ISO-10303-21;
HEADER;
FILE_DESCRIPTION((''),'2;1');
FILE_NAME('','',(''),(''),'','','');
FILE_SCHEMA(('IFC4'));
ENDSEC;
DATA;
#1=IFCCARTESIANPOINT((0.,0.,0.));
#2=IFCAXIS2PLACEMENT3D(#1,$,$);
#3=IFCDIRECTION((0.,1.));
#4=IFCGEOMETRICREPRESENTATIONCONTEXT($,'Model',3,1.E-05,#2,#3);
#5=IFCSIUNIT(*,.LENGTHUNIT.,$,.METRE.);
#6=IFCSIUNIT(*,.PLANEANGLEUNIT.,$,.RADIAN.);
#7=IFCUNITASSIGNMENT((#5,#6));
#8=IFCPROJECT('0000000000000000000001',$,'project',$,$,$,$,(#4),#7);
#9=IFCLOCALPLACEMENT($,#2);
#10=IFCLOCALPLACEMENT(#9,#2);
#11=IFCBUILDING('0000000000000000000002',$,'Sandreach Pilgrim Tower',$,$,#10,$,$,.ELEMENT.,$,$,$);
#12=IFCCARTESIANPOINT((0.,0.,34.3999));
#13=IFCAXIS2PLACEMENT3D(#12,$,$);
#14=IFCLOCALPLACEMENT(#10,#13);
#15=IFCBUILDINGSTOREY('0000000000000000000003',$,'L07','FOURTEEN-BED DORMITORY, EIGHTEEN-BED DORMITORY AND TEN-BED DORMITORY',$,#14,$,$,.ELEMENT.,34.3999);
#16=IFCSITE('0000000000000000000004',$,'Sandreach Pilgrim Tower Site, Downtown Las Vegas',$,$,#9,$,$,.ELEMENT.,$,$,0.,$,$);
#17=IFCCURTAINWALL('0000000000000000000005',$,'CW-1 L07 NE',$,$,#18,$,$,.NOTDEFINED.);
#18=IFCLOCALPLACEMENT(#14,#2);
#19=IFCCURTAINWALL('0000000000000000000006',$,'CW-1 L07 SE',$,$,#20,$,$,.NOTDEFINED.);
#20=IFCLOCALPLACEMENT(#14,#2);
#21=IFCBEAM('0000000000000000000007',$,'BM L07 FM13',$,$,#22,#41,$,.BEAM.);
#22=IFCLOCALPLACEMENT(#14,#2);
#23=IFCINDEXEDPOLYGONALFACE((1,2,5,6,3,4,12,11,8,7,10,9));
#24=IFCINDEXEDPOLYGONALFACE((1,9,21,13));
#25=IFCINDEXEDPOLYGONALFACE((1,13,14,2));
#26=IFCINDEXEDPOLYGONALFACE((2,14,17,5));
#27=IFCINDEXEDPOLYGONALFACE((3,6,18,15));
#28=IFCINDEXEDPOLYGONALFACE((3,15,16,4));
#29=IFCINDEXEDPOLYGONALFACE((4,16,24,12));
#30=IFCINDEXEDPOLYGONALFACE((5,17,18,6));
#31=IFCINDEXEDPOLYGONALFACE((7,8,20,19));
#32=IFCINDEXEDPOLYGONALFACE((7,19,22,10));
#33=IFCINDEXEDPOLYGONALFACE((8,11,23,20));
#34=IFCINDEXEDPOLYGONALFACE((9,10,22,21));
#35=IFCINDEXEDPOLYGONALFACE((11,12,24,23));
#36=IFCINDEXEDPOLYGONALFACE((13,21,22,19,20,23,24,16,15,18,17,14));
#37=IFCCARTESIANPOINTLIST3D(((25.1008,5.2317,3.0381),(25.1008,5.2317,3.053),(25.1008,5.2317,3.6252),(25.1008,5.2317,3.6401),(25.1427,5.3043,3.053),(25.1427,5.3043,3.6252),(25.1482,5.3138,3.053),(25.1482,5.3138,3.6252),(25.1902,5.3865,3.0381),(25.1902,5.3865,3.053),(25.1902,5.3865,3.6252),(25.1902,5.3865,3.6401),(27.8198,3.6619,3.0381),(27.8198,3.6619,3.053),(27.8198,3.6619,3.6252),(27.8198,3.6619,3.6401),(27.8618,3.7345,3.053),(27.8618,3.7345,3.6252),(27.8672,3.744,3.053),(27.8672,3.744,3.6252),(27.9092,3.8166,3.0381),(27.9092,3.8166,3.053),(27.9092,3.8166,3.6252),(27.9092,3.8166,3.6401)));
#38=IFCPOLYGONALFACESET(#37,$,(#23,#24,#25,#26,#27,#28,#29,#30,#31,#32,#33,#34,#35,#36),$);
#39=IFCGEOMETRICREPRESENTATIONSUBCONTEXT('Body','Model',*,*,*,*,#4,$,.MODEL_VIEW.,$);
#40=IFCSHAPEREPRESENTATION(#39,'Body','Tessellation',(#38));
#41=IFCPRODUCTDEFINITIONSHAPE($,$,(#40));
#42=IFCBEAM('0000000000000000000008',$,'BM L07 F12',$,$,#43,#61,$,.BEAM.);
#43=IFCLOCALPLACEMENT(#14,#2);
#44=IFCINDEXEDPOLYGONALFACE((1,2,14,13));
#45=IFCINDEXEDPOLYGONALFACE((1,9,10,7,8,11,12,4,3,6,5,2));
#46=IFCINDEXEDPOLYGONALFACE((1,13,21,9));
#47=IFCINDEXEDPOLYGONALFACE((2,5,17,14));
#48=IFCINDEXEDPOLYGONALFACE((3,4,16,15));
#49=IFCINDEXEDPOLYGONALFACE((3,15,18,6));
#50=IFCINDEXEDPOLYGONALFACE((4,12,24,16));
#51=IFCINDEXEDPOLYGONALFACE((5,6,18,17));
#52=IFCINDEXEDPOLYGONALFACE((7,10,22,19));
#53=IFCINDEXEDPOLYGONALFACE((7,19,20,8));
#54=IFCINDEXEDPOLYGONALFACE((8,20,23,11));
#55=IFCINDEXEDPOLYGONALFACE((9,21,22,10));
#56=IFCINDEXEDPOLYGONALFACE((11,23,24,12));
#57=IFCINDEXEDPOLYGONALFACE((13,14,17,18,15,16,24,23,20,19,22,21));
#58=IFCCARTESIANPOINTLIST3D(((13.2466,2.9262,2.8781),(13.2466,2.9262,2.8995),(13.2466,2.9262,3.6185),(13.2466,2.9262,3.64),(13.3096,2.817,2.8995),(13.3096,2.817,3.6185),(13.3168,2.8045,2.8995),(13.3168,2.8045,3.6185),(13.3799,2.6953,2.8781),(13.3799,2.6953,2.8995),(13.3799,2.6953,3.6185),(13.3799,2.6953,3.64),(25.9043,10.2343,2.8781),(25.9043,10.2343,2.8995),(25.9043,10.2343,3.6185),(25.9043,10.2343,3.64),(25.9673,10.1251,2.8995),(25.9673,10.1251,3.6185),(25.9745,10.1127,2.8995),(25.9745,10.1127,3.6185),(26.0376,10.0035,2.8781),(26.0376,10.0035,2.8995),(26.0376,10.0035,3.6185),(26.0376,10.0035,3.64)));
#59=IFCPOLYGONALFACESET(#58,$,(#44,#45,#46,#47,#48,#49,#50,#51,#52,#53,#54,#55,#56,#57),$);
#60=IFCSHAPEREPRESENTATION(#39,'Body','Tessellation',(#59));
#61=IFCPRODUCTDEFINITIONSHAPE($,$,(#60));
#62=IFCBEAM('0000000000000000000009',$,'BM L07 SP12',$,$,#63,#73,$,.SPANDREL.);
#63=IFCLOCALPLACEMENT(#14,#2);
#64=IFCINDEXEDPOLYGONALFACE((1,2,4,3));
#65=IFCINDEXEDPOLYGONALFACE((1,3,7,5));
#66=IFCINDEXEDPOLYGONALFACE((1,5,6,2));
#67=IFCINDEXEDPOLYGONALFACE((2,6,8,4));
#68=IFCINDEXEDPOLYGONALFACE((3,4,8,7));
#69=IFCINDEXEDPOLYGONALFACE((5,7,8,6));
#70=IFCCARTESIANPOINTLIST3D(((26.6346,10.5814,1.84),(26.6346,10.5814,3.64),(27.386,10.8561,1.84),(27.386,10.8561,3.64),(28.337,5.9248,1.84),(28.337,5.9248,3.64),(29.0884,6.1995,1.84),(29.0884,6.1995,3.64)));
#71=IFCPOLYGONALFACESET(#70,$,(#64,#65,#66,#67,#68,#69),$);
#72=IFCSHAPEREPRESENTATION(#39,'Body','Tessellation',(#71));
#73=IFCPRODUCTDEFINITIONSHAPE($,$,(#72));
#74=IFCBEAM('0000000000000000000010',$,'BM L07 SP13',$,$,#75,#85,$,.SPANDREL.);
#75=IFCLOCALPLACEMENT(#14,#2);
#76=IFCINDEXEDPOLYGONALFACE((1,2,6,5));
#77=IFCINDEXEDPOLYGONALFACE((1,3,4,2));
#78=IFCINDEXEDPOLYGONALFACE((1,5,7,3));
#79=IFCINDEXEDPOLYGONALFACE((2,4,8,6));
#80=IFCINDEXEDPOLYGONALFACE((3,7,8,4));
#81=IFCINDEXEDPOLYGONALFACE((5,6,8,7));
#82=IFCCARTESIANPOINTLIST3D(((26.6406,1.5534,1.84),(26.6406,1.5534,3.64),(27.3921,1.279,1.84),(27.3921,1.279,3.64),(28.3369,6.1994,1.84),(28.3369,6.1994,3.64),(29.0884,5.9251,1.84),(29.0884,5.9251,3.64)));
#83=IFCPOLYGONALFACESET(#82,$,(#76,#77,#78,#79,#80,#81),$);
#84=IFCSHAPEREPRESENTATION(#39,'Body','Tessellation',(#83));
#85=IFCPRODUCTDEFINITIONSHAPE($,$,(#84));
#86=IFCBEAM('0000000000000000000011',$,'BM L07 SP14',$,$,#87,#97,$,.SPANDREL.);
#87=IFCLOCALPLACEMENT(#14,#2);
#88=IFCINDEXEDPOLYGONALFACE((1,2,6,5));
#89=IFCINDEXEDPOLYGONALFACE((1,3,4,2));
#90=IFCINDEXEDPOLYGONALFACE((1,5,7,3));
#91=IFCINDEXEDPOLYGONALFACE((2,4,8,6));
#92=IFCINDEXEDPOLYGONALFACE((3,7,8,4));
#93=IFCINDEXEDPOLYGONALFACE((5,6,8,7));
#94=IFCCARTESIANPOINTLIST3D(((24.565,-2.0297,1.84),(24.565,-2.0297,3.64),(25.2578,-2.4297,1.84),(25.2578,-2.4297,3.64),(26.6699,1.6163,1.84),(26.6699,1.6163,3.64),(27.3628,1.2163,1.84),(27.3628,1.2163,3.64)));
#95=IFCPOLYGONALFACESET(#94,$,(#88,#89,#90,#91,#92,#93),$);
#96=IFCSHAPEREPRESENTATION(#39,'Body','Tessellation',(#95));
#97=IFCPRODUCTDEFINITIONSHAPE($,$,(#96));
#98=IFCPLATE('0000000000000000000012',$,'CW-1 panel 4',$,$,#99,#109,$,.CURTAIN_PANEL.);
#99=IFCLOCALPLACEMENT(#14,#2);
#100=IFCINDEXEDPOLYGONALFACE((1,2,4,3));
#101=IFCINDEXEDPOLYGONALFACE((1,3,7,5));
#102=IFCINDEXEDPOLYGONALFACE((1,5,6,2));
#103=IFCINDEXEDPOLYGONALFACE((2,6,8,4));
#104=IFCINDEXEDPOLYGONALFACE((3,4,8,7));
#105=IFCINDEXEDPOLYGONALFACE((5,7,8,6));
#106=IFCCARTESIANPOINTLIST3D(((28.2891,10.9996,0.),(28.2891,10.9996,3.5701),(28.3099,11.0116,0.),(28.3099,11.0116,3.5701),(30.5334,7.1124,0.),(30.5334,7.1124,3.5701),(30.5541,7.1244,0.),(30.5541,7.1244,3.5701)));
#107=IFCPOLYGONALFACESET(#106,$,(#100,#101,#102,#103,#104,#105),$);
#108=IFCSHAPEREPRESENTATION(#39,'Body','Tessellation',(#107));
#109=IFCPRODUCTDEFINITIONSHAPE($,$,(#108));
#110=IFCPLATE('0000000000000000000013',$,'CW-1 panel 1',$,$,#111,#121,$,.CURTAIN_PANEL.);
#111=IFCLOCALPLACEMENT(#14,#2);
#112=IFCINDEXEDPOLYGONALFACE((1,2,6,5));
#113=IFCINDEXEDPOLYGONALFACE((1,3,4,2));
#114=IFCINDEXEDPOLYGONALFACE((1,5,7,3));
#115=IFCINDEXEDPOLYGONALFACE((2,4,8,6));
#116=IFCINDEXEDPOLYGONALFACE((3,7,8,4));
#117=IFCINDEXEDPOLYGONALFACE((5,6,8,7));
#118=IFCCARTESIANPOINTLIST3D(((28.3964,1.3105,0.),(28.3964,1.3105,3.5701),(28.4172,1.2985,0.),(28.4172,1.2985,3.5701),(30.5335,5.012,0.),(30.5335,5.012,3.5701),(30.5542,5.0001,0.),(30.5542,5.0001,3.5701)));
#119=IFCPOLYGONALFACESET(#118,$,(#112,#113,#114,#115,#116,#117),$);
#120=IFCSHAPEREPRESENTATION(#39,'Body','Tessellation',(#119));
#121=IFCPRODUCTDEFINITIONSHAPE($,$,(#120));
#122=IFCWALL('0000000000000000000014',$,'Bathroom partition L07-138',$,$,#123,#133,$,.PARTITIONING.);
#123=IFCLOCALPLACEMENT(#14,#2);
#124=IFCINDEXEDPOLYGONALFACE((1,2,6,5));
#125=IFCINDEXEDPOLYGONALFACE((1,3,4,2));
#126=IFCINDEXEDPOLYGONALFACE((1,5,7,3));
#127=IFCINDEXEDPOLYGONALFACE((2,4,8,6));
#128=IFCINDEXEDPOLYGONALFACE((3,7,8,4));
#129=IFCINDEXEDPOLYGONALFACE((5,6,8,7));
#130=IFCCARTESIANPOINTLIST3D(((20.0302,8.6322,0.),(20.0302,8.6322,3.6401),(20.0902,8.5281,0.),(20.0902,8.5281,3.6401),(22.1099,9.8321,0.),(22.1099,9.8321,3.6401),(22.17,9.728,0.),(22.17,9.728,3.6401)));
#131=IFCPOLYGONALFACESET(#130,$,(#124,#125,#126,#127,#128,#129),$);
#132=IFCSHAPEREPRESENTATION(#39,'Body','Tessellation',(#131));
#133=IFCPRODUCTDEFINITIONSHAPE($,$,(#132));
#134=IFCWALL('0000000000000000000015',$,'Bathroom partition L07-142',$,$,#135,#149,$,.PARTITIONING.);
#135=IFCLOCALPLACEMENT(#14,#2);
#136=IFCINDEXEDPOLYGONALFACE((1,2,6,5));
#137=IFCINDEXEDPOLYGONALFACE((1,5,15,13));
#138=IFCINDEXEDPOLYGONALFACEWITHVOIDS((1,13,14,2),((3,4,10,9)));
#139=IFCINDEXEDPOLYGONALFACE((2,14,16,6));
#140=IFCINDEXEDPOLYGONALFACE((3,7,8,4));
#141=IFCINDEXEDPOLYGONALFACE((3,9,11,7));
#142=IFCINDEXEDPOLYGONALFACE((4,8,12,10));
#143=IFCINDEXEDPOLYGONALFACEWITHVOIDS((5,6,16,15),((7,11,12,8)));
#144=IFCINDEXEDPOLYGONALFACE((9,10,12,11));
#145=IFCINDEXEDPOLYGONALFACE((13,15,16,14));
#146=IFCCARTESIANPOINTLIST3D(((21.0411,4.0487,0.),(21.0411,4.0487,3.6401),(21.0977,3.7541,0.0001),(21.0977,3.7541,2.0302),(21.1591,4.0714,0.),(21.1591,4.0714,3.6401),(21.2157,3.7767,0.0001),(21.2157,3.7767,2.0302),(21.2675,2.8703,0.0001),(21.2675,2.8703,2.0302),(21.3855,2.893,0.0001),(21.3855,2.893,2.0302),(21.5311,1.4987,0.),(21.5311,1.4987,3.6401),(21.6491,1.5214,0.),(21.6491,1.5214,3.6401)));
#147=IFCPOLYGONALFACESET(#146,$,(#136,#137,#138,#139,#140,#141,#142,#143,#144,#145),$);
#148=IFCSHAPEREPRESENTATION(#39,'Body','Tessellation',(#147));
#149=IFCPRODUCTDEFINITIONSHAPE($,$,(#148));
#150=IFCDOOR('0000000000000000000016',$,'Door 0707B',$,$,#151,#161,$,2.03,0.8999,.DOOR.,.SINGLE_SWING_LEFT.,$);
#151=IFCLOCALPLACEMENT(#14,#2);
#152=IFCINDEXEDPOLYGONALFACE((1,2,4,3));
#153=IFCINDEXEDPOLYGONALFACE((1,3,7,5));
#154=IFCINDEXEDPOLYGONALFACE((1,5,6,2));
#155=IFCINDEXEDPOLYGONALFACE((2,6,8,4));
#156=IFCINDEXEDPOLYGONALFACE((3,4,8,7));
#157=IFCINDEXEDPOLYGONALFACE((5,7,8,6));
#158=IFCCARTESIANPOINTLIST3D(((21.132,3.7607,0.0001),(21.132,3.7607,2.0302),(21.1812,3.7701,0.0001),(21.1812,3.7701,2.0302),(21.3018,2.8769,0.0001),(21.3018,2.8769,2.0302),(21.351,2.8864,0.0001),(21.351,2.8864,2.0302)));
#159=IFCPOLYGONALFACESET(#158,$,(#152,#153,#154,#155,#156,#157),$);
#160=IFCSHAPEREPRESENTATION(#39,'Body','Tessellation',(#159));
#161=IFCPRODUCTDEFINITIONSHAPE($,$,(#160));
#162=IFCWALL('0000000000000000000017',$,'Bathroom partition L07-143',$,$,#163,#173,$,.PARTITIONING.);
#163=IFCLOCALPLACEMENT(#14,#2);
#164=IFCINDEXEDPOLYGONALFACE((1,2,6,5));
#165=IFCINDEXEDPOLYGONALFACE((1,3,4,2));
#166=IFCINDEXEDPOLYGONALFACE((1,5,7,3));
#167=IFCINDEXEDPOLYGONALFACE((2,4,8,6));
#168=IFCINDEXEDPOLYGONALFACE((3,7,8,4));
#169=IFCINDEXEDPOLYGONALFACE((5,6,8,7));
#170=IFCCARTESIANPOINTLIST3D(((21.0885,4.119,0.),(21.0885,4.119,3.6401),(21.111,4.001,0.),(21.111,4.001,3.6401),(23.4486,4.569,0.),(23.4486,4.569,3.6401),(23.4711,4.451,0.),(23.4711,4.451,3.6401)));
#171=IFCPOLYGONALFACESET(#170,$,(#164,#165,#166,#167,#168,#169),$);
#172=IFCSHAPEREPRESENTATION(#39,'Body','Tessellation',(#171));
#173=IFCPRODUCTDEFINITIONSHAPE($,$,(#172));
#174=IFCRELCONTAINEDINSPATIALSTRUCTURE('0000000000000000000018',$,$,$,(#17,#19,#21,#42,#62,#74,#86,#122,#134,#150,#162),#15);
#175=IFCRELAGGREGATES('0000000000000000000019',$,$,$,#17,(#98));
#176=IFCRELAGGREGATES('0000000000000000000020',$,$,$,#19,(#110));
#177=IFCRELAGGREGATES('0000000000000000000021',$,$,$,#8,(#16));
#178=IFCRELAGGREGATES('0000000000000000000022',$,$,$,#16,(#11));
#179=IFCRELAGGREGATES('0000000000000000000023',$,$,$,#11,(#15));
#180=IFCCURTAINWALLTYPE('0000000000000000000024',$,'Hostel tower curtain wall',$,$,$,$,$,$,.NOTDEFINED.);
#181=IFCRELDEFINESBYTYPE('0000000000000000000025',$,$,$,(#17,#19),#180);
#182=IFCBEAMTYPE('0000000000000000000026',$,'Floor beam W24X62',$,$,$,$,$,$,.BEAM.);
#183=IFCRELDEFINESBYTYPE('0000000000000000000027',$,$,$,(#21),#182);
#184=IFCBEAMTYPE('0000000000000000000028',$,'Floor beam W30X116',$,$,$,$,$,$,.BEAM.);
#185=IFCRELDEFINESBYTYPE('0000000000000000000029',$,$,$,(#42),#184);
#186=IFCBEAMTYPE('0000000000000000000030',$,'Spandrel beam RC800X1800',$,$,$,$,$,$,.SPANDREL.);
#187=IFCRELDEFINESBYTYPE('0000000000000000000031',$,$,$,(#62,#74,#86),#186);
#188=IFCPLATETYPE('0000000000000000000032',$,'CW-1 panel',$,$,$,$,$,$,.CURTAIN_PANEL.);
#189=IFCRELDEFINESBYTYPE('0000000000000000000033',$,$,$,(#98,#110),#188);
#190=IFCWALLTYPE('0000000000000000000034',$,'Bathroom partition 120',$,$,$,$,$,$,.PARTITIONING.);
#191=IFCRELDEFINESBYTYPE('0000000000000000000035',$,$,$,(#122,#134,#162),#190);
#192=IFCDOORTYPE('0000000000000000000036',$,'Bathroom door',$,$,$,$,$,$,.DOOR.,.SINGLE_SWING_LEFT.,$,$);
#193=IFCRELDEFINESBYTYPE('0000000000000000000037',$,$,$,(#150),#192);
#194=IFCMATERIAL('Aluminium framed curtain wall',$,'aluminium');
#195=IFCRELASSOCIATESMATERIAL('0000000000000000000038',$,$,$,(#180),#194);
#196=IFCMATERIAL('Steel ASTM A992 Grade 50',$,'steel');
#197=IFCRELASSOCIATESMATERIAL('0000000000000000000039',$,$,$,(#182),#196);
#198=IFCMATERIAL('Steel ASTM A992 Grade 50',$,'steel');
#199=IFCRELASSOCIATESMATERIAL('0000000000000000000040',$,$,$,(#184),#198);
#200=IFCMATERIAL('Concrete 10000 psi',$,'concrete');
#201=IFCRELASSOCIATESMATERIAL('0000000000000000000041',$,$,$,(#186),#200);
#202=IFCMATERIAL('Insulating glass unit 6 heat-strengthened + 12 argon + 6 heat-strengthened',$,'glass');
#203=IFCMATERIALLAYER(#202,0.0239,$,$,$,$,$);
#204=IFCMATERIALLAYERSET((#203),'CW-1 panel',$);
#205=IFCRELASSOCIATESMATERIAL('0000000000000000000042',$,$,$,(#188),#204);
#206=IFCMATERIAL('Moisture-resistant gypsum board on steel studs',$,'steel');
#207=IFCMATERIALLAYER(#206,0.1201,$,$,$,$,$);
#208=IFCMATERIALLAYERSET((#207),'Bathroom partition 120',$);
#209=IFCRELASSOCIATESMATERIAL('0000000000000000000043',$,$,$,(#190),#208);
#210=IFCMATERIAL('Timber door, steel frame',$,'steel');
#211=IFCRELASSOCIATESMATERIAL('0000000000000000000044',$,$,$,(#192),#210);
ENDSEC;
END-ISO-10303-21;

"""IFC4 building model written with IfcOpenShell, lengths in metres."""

from ifc_helpers import new_model, si_unit, direction, frame, frame_2d, origin, origin_2d, place, context, subcontext, project, spatial, rectangle, i_section, extrude, material, layer, layer_set, material_profile, profile_set, type_object, element, fill, aggregate, save


model = new_model("IFC4")

# Units and contexts
model_context = context("Model", 3, precision=1e-05, world=origin(), true_north=direction((0.0, 1.0)))
body_context = subcontext(model_context, "Body", "Model", "MODEL_VIEW")
ifc_project = project(units=[si_unit("LENGTHUNIT", "METRE"), si_unit("PLANEANGLEUNIT", "RADIAN")], contexts=[model_context])

# Site, building, storey
site_placement = place(None, origin())
site = spatial("IfcSite", under=ifc_project, at=site_placement, Name="Sandreach Pilgrim Tower Site, Downtown Las Vegas", CompositionType="ELEMENT", RefElevation=0.0)
building_placement = place(site_placement, origin())
building = spatial("IfcBuilding", under=site, at=building_placement, Name="Sandreach Pilgrim Tower", CompositionType="ELEMENT")
storey_placement = place(building_placement, frame((0.0, 0.0, 34.3999)))
storey = spatial("IfcBuildingStorey", under=building, at=storey_placement, Name="L07", Description="FOURTEEN-BED DORMITORY, EIGHTEEN-BED DORMITORY AND TEN-BED DORMITORY", CompositionType="ELEMENT", Elevation=34.3999)

# Curtain wall
ifc_material_1 = material(Name="Aluminium framed curtain wall", Category="aluminium")
curtain_wall_type = type_object("IfcCurtainWallType", Name="Hostel tower curtain wall", PredefinedType="NOTDEFINED", material=ifc_material_1)
curtain_wall_1_placement = place(storey_placement, origin())
curtain_wall_1 = element("IfcCurtainWall", 1, at=curtain_wall_1_placement, inside=storey, type_object=curtain_wall_type, Name="CW-1 L07 NE", PredefinedType="NOTDEFINED")

# Curtain wall
curtain_wall_2_placement = place(storey_placement, origin())
curtain_wall_2 = element("IfcCurtainWall", 2, at=curtain_wall_2_placement, inside=storey, type_object=curtain_wall_type, Name="CW-1 L07 SE", PredefinedType="NOTDEFINED")

# Beams
ifc_material_2 = material(Name="Steel ASTM A992 Grade 50", Category="steel")
ifc_material_profile_1 = material_profile(ifc_material_2, i_section(OverallWidth=0.1787, OverallDepth=0.6021, WebThickness=0.011, FlangeThickness=0.0149, at=origin_2d()), Name="W24X62")
ifc_profile_set_1 = profile_set([ifc_material_profile_1], Name="Steel ASTM A992 Grade 50")
beam_type_1 = type_object("IfcBeamType", Name="Floor beam W24X62", PredefinedType="BEAM", material=ifc_profile_set_1)
beam_1_placement = place(storey_placement, frame((27.8645, 3.7393, 3.3391), z_axis=(-0.866024, 0.500003, 0.0), x_axis=(-0.500003, -0.866024, 0.0)))
element("IfcBeam", 3, at=beam_1_placement, inside=storey, type_object=beam_type_1, Name="BM L07 FM13", PredefinedType="BEAM", context=body_context, shape_type="SweptSolid", body=[
    extrude(i_section(OverallWidth=0.1787, OverallDepth=0.6021, WebThickness=0.011, FlangeThickness=0.0149, at=origin_2d()), origin(), (0.0, 0.0, 1.0), 3.1396),
])
ifc_material_3 = material(Name="Steel ASTM A992 Grade 50", Category="steel")
ifc_material_profile_2 = material_profile(ifc_material_3, i_section(OverallWidth=0.2666, OverallDepth=0.762, WebThickness=0.0144, FlangeThickness=0.0215, at=origin_2d()), Name="W30X116")
ifc_profile_set_2 = profile_set([ifc_material_profile_2], Name="Steel ASTM A992 Grade 50")
beam_type_2 = type_object("IfcBeamType", Name="Floor beam W30X116", PredefinedType="BEAM", material=ifc_profile_set_2)
beam_2_placement = place(storey_placement, frame((25.9709, 10.1189, 3.259), z_axis=(-0.86602, -0.500009, 0.0), x_axis=(0.500009, -0.86602, 0.0)))
element("IfcBeam", 4, at=beam_2_placement, inside=storey, type_object=beam_type_2, Name="BM L07 F12", PredefinedType="BEAM", context=body_context, shape_type="SweptSolid", body=[
    extrude(i_section(OverallWidth=0.2666, OverallDepth=0.762, WebThickness=0.0144, FlangeThickness=0.0215, at=origin_2d()), origin(), (0.0, 0.0, 1.0), 14.616),
])
ifc_material_4 = material(Name="Concrete 10000 psi", Category="concrete")
ifc_material_profile_3 = material_profile(ifc_material_4, rectangle(XDim=0.8, YDim=1.8, at=origin_2d()), Name="RC800X1800")
ifc_profile_set_3 = profile_set([ifc_material_profile_3], Name="Concrete 10000 psi")
beam_type_3 = type_object("IfcBeamType", Name="Spandrel beam RC800X1800", PredefinedType="SPANDREL", material=ifc_profile_set_3)
beam_3_placement = place(storey_placement, frame((27.0103, 10.7188, 2.74), z_axis=(0.343368, -0.939201, 0.0), x_axis=(0.939201, 0.343368, 0.0)))
element("IfcBeam", 5, at=beam_3_placement, inside=storey, type_object=beam_type_3, Name="BM L07 SP12", PredefinedType="SPANDREL", context=body_context, shape_type="SweptSolid", body=[
    extrude(rectangle(XDim=0.8, YDim=1.8, at=origin_2d()), origin(), (0.0, 0.0, 1.0), 4.958),
])
beam_4_placement = place(storey_placement, frame((28.7126, 6.0623, 2.74), z_axis=(-0.342963, -0.939349, 0.0), x_axis=(0.939349, -0.342963, 0.0)))
element("IfcBeam", 6, at=beam_4_placement, inside=storey, type_object=beam_type_3, Name="BM L07 SP13", PredefinedType="SPANDREL", context=body_context, shape_type="SweptSolid", body=[
    extrude(rectangle(XDim=0.8, YDim=1.8, at=origin_2d()), origin(), (0.0, 0.0, 1.0), 4.946),
])
beam_5_placement = place(storey_placement, frame((27.0164, 1.4163, 2.74), z_axis=(-0.499994, -0.866029, 0.0), x_axis=(0.866029, -0.499994, 0.0)))
element("IfcBeam", 7, at=beam_5_placement, inside=storey, type_object=beam_type_3, Name="BM L07 SP14", PredefinedType="SPANDREL", context=body_context, shape_type="SweptSolid", body=[
    extrude(rectangle(XDim=0.8, YDim=1.8, at=origin_2d()), origin(), (0.0, 0.0, 1.0), 4.21),
])

# Plates
ifc_material_5 = material(Name="Insulating glass unit 6 heat-strengthened + 12 argon + 6 heat-strengthened", Category="glass")
ifc_layer_1 = layer(ifc_material_5, 0.0239)
ifc_layer_set_1 = layer_set([ifc_layer_1], Name="CW-1 panel")
plate_type = type_object("IfcPlateType", Name="CW-1 panel", PredefinedType="CURTAIN_PANEL", material=ifc_layer_set_1)
plate_1_placement = place(storey_placement, frame((29.4216, 9.062, 0.0), z_axis=(0.0, 0.0, 1.0), x_axis=(0.5, -0.866025, 0.0)))
plate_1 = element("IfcPlate", 8, at=plate_1_placement, type_object=plate_type, Name="CW-1 panel 4", PredefinedType="CURTAIN_PANEL", context=body_context, shape_type="SweptSolid", body=[
    extrude(rectangle(XDim=4.4885, YDim=0.0239, at=origin_2d()), origin(), (0.0, 0.0, 1.0), 3.5701),
])
aggregate(curtain_wall_1, [plate_1])
plate_2_placement = place(storey_placement, frame((29.4753, 3.1553, 0.0), z_axis=(0.0, 0.0, 1.0), x_axis=(-0.5, -0.866025, 0.0)))
plate_2 = element("IfcPlate", 9, at=plate_2_placement, type_object=plate_type, Name="CW-1 panel 1", PredefinedType="CURTAIN_PANEL", context=body_context, shape_type="SweptSolid", body=[
    extrude(rectangle(XDim=4.2742, YDim=0.0239, at=origin_2d()), origin(), (0.0, 0.0, 1.0), 3.5701),
])
aggregate(curtain_wall_2, [plate_2])

# Wall
ifc_material_6 = material(Name="Moisture-resistant gypsum board on steel studs", Category="steel")
ifc_layer_2 = layer(ifc_material_6, 0.1201)
ifc_layer_set_2 = layer_set([ifc_layer_2], Name="Bathroom partition 120")
wall_type_1 = type_object("IfcWallType", Name="Bathroom partition 120", PredefinedType="PARTITIONING", material=ifc_layer_set_2)
wall_1_placement = place(storey_placement, frame((20.0601, 8.5801, 0.0), z_axis=(0.0, 0.0, 1.0), x_axis=(0.866177, 0.499737, 0.0)))
element("IfcWall", 10, at=wall_1_placement, inside=storey, type_object=wall_type_1, Name="Bathroom partition L07-138", PredefinedType="PARTITIONING", context=body_context, shape_type="SweptSolid", body=[
    extrude(rectangle(XDim=2.4011, YDim=0.1201, at=frame_2d((1.2007, 0.0))), origin(), (0.0, 0.0, 1.0), 3.6401),
])

# Wall, opening, door
wall_2_placement = place(storey_placement, frame((21.1001, 4.0601, 0.0), z_axis=(0.0, 0.0, 1.0), x_axis=(0.188697, -0.982035, 0.0)))
wall_2 = element("IfcWall", 11, at=wall_2_placement, inside=storey, type_object=wall_type_1, Name="Bathroom partition L07-142", PredefinedType="PARTITIONING", context=body_context, shape_type="SweptSolid", body=[
    extrude(rectangle(XDim=2.5967, YDim=0.1201, at=frame_2d((1.2983, 0.0))), origin(), (0.0, 0.0, 1.0), 3.6401),
])
opening_1_placement = place(wall_2_placement, frame((0.3, 0.0, 0.0)))
opening_1 = element("IfcOpeningElement", 12, at=opening_1_placement, cuts=wall_2, PredefinedType="OPENING", context=body_context, shape_type="SweptSolid", body=[
    extrude(rectangle(XDim=0.8999, YDim=2.03, at=frame_2d((0.45, 1.0151))), frame((0.0, 0.0601, 0.0), z_axis=(0.0, -1.0, 0.0), x_axis=(1.0, 0.0, 0.0)), (0.0, 0.0, 1.0), 0.1201),
])
ifc_material_7 = material(Name="Timber door, steel frame", Category="steel")
door_type_1 = type_object("IfcDoorType", Name="Bathroom door", OperationType="SINGLE_SWING_LEFT", PredefinedType="DOOR", material=ifc_material_7)
door_1_placement = place(opening_1_placement, origin())
door_1 = element("IfcDoor", 13, at=door_1_placement, inside=storey, type_object=door_type_1, Name="Door 0707B", OperationType="SINGLE_SWING_LEFT", OverallHeight=2.03, OverallWidth=0.8999, PredefinedType="DOOR", context=body_context, shape_type="SweptSolid", body=[
    extrude(rectangle(XDim=0.8999, YDim=2.03, at=frame_2d((0.45, 1.0151))), frame((0.0, 0.0249, 0.0), z_axis=(0.0, -1.0, 0.0), x_axis=(1.0, 0.0, 0.0)), (0.0, 0.0, 1.0), 0.05),
])
fill(opening_1, door_1)

# Wall
wall_3_placement = place(storey_placement, frame((21.0999, 4.0601, 0.0), z_axis=(0.0, 0.0, 1.0), x_axis=(0.982307, 0.187276, 0.0)))
element("IfcWall", 14, at=wall_3_placement, inside=storey, type_object=wall_type_1, Name="Bathroom partition L07-143", PredefinedType="PARTITIONING", context=body_context, shape_type="SweptSolid", body=[
    extrude(rectangle(XDim=2.4026, YDim=0.1201, at=frame_2d((1.2012, 0.0))), origin(), (0.0, 0.0, 1.0), 3.6401),
])

save(model, "model.ifc")
